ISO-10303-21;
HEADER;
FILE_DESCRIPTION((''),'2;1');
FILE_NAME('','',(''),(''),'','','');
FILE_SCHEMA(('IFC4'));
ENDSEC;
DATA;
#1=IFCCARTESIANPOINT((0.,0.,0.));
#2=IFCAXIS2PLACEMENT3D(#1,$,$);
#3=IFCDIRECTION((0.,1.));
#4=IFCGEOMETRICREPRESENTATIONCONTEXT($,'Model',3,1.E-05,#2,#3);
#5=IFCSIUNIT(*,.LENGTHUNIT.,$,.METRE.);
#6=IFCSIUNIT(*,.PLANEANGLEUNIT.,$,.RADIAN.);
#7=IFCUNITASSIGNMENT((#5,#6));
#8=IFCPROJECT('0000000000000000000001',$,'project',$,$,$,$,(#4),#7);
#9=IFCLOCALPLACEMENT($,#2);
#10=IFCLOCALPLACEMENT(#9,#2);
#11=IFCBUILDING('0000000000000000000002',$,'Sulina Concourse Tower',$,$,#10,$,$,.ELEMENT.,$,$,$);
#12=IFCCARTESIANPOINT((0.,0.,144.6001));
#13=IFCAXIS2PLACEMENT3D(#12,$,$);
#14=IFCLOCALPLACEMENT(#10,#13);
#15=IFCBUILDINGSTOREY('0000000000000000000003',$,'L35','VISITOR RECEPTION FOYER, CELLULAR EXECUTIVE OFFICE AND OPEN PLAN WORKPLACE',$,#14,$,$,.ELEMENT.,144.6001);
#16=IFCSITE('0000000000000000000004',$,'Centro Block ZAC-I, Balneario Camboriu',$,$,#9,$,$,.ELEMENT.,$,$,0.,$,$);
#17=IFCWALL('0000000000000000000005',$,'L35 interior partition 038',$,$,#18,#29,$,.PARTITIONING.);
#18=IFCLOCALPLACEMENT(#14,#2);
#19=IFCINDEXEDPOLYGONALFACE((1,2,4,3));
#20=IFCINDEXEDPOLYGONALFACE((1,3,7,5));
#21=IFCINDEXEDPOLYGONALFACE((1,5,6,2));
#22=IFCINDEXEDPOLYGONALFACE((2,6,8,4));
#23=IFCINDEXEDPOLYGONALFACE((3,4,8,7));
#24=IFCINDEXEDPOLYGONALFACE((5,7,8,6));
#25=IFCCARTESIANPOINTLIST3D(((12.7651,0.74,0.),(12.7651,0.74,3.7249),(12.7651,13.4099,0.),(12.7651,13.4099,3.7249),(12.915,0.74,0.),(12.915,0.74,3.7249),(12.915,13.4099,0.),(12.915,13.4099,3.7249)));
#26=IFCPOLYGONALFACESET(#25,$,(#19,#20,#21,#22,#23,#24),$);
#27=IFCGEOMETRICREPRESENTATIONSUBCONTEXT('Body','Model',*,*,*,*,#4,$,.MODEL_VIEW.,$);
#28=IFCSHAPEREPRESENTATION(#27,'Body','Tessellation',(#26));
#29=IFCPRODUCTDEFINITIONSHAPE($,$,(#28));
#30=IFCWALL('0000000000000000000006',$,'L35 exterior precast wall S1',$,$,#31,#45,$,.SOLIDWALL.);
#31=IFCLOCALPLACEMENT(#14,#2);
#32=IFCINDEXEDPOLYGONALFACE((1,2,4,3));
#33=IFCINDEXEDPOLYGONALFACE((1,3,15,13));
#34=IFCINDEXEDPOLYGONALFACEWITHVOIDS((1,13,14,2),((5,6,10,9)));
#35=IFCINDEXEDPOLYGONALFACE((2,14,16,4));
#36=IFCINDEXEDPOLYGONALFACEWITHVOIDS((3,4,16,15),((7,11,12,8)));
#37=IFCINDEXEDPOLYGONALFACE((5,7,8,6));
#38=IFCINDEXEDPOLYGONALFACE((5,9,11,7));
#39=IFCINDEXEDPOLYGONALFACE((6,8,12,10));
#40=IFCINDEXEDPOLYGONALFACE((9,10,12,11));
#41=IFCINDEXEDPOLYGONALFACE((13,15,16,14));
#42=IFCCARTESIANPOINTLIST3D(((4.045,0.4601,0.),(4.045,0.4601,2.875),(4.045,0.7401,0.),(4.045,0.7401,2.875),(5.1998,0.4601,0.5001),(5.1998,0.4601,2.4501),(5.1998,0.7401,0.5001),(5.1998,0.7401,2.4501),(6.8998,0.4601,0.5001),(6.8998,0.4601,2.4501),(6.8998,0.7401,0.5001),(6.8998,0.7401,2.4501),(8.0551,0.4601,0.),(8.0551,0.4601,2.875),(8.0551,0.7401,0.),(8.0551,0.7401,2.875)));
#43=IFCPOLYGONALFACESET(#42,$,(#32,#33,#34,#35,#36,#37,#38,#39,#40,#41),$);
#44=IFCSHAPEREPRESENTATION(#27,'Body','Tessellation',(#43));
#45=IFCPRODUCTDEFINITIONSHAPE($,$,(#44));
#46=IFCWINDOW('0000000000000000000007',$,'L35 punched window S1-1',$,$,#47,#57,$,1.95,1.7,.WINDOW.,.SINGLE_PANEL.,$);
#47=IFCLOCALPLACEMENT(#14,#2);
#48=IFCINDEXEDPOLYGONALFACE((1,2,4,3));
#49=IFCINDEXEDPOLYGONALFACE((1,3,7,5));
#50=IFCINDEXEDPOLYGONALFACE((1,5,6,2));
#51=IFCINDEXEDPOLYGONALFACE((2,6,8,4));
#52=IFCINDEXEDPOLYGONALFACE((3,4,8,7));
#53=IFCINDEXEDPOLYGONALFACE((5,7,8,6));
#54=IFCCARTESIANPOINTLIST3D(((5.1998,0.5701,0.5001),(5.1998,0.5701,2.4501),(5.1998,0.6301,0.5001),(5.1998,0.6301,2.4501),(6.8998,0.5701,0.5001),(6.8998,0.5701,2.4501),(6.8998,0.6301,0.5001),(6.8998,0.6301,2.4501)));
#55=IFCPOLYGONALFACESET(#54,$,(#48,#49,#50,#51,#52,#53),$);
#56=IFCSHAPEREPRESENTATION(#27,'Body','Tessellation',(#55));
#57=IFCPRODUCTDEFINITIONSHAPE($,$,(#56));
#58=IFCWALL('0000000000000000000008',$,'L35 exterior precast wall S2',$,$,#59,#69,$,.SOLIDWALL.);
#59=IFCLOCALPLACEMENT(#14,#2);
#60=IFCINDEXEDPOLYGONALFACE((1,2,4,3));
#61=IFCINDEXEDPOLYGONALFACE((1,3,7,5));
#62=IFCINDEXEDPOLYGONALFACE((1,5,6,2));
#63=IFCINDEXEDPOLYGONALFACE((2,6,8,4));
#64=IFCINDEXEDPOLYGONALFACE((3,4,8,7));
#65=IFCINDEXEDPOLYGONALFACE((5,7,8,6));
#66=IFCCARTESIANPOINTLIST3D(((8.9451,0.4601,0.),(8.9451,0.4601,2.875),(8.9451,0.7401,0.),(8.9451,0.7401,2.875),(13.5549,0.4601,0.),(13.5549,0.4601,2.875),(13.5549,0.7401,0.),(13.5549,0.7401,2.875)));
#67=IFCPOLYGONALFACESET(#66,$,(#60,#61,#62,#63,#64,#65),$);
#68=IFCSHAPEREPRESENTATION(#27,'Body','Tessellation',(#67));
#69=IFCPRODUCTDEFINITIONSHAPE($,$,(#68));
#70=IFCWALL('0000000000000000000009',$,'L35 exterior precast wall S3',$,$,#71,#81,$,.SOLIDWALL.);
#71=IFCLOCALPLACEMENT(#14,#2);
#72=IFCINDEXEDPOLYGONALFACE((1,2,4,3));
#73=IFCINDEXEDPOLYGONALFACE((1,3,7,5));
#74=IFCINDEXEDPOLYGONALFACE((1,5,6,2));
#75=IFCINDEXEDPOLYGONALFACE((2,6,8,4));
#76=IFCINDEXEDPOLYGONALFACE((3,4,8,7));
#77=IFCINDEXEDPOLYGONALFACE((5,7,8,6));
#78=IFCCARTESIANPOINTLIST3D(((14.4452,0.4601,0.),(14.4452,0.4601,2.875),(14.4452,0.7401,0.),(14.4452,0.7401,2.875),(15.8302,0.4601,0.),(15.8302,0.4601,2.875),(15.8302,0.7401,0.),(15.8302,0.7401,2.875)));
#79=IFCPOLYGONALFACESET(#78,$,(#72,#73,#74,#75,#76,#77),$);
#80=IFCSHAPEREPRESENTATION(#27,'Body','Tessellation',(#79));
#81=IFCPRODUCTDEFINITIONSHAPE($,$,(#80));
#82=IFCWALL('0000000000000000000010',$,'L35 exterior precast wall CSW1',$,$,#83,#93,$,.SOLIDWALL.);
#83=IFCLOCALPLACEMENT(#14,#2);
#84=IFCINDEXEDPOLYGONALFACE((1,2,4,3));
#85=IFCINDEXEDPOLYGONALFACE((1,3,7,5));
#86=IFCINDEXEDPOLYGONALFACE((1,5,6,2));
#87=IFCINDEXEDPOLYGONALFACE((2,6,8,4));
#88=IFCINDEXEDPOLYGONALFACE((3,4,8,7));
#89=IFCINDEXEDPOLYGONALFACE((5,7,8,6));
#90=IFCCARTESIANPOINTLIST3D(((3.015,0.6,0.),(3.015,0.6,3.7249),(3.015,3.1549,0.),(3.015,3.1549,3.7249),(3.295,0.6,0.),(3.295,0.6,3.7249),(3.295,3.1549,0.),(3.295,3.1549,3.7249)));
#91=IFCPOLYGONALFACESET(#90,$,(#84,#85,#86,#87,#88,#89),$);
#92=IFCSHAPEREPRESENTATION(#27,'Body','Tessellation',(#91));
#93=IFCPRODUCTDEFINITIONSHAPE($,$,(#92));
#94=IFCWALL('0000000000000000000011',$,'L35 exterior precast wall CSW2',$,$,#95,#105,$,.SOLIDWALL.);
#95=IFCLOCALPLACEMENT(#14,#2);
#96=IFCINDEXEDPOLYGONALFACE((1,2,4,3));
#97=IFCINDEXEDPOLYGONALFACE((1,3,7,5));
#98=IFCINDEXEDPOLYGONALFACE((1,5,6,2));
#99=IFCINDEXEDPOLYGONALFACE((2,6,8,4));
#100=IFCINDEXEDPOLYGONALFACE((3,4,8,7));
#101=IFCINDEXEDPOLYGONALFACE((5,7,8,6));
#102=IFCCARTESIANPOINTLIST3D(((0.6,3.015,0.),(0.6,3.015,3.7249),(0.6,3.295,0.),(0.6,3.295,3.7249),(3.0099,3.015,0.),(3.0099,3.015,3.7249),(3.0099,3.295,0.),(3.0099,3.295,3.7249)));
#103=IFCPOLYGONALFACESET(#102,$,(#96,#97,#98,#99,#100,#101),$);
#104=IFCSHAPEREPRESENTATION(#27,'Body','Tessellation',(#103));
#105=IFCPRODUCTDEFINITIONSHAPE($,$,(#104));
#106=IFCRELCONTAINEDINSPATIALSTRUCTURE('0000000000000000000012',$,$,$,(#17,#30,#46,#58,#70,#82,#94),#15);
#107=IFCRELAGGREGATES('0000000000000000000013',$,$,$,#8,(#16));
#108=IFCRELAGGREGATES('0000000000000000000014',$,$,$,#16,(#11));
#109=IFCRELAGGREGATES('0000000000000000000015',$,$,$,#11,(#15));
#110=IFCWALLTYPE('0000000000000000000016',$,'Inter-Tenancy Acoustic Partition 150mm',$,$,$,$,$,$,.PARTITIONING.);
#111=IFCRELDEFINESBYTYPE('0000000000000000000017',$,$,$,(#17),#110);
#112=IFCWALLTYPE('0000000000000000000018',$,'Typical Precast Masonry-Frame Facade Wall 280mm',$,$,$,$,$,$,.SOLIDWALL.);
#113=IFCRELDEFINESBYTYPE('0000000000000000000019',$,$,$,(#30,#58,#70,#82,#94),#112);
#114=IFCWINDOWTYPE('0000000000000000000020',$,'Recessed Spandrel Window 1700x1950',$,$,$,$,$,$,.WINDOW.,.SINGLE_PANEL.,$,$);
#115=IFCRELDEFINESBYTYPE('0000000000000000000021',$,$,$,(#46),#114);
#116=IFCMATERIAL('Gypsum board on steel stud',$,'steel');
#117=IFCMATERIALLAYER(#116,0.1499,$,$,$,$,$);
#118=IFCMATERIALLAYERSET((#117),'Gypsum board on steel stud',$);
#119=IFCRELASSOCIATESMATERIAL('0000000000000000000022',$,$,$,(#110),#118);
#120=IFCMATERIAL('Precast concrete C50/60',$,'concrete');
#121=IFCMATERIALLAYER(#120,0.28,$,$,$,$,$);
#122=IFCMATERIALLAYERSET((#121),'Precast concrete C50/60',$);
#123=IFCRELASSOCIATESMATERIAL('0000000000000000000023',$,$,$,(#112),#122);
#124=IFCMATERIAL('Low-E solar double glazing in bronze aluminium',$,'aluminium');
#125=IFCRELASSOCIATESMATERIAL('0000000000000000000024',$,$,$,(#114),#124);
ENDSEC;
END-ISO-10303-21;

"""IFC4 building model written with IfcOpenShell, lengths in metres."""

from ifc_helpers import new_model, si_unit, direction, frame, frame_2d, origin, place, context, subcontext, project, spatial, rectangle, extrude, material, layer, layer_set, type_object, element, fill, save


model = new_model("IFC4")

# Units and contexts
model_context = context("Model", 3, precision=1e-05, world=origin(), true_north=direction((0.0, 1.0)))
body_context = subcontext(model_context, "Body", "Model", "MODEL_VIEW")
ifc_project = project(units=[si_unit("LENGTHUNIT", "METRE"), si_unit("PLANEANGLEUNIT", "RADIAN")], contexts=[model_context])

# Site, building, storey
site_placement = place(None, origin())
site = spatial("IfcSite", under=ifc_project, at=site_placement, Name="Centro Block ZAC-I, Balneario Camboriu", CompositionType="ELEMENT", RefElevation=0.0)
building_placement = place(site_placement, origin())
building = spatial("IfcBuilding", under=site, at=building_placement, Name="Sulina Concourse Tower", CompositionType="ELEMENT")
storey_placement = place(building_placement, frame((0.0, 0.0, 144.6001)))
storey = spatial("IfcBuildingStorey", under=building, at=storey_placement, Name="L35", Description="VISITOR RECEPTION FOYER, CELLULAR EXECUTIVE OFFICE AND OPEN PLAN WORKPLACE", CompositionType="ELEMENT", Elevation=144.6001)

# Wall
ifc_material_1 = material(Name="Gypsum board on steel stud", Category="steel")
ifc_layer_1 = layer(ifc_material_1, 0.1499)
ifc_layer_set_1 = layer_set([ifc_layer_1], Name="Gypsum board on steel stud")
wall_type_1 = type_object("IfcWallType", Name="Inter-Tenancy Acoustic Partition 150mm", PredefinedType="PARTITIONING", material=ifc_layer_set_1)
for number, where, z_axis, x_axis, name in (
    (1, (12.8401, 0.74, 0.0), (0.0, 0.0, 1.0), (0.0, 1.0, 0.0), "L35 interior partition 038"),
):
    element("IfcWall", number, at=place(storey_placement, frame(where, z_axis=z_axis, x_axis=x_axis)), inside=storey, type_object=wall_type_1, Name=name, PredefinedType="PARTITIONING", context=body_context, shape_type="SweptSolid", body=[
        extrude(rectangle(XDim=12.6699, YDim=0.1499, at=frame_2d((6.335, 0.0))), origin(), (0.0, 0.0, 1.0), 3.7249),
    ])

# Wall, opening, window
ifc_material_2 = material(Name="Precast concrete C50/60", Category="concrete")
ifc_layer_2 = layer(ifc_material_2, 0.28)
ifc_layer_set_2 = layer_set([ifc_layer_2], Name="Precast concrete C50/60")
wall_type_2 = type_object("IfcWallType", Name="Typical Precast Masonry-Frame Facade Wall 280mm", PredefinedType="SOLIDWALL", material=ifc_layer_set_2)
wall_1_placement = place(storey_placement, frame((8.0549, 0.6001, 0.0), z_axis=(0.0, 0.0, 1.0), x_axis=(-1.0, 0.0, 0.0)))
wall_1 = element("IfcWall", 2, at=wall_1_placement, inside=storey, type_object=wall_type_2, Name="L35 exterior precast wall S1", PredefinedType="SOLIDWALL", context=body_context, shape_type="SweptSolid", body=[
    extrude(rectangle(XDim=4.01, YDim=0.28, at=frame_2d((2.0049, 0.0))), origin(), (0.0, 0.0, 1.0), 2.875),
])
opening_placement = place(wall_1_placement, frame((1.155, 0.0, 0.5)))
opening = element("IfcOpeningElement", 3, at=opening_placement, cuts=wall_1, PredefinedType="OPENING", context=body_context, shape_type="SweptSolid", body=[
    extrude(rectangle(XDim=1.7, YDim=1.95, at=frame_2d((0.8501, 0.9751))), frame((0.0, 0.1499, 0.0), z_axis=(0.0, -1.0, 0.0), x_axis=(1.0, 0.0, 0.0)), (0.0, 0.0, 1.0), 0.3),
])
ifc_material_3 = material(Name="Low-E solar double glazing in bronze aluminium", Category="aluminium")
window_type = type_object("IfcWindowType", Name="Recessed Spandrel Window 1700x1950", PartitioningType="SINGLE_PANEL", PredefinedType="WINDOW", material=ifc_material_3)
window_placement = place(opening_placement, origin())
window = element("IfcWindow", 4, at=window_placement, inside=storey, type_object=window_type, Name="L35 punched window S1-1", OverallHeight=1.95, OverallWidth=1.7, PartitioningType="SINGLE_PANEL", PredefinedType="WINDOW", context=body_context, shape_type="SweptSolid", body=[
    extrude(rectangle(XDim=1.7, YDim=1.95, at=frame_2d((0.8501, 0.9751))), frame((0.0, 0.03, 0.0), z_axis=(0.0, -1.0, 0.0), x_axis=(1.0, 0.0, 0.0)), (0.0, 0.0, 1.0), 0.0601),
])
fill(opening, window)

# Walls
wall_2_placement = place(storey_placement, frame((13.5549, 0.6001, 0.0), z_axis=(0.0, 0.0, 1.0), x_axis=(-1.0, 0.0, 0.0)))
element("IfcWall", 5, at=wall_2_placement, inside=storey, type_object=wall_type_2, Name="L35 exterior precast wall S2", PredefinedType="SOLIDWALL", context=body_context, shape_type="SweptSolid", body=[
    extrude(rectangle(XDim=4.6099, YDim=0.28, at=frame_2d((2.3049, 0.0))), origin(), (0.0, 0.0, 1.0), 2.875),
])
wall_3_placement = place(storey_placement, frame((15.8301, 0.6001, 0.0), z_axis=(0.0, 0.0, 1.0), x_axis=(-1.0, 0.0, 0.0)))
element("IfcWall", 6, at=wall_3_placement, inside=storey, type_object=wall_type_2, Name="L35 exterior precast wall S3", PredefinedType="SOLIDWALL", context=body_context, shape_type="SweptSolid", body=[
    extrude(rectangle(XDim=1.385, YDim=0.28, at=frame_2d((0.6924, 0.0))), origin(), (0.0, 0.0, 1.0), 2.875),
])
wall_4_placement = place(storey_placement, frame((3.155, 0.6001, 0.0), z_axis=(0.0, 0.0, 1.0), x_axis=(0.0, 1.0, 0.0)))
element("IfcWall", 7, at=wall_4_placement, inside=storey, type_object=wall_type_2, Name="L35 exterior precast wall CSW1", PredefinedType="SOLIDWALL", context=body_context, shape_type="SweptSolid", body=[
    extrude(rectangle(XDim=2.5549, YDim=0.28, at=frame_2d((1.2773, 0.0))), origin(), (0.0, 0.0, 1.0), 3.7249),
])
wall_5_placement = place(storey_placement, frame((3.01, 3.155, 0.0), z_axis=(0.0, 0.0, 1.0), x_axis=(-1.0, 0.0, 0.0)))
element("IfcWall", 8, at=wall_5_placement, inside=storey, type_object=wall_type_2, Name="L35 exterior precast wall CSW2", PredefinedType="SOLIDWALL", context=body_context, shape_type="SweptSolid", body=[
    extrude(rectangle(XDim=2.4099, YDim=0.28, at=frame_2d((1.2051, 0.0))), origin(), (0.0, 0.0, 1.0), 3.7249),
])

save(model, "model.ifc")
